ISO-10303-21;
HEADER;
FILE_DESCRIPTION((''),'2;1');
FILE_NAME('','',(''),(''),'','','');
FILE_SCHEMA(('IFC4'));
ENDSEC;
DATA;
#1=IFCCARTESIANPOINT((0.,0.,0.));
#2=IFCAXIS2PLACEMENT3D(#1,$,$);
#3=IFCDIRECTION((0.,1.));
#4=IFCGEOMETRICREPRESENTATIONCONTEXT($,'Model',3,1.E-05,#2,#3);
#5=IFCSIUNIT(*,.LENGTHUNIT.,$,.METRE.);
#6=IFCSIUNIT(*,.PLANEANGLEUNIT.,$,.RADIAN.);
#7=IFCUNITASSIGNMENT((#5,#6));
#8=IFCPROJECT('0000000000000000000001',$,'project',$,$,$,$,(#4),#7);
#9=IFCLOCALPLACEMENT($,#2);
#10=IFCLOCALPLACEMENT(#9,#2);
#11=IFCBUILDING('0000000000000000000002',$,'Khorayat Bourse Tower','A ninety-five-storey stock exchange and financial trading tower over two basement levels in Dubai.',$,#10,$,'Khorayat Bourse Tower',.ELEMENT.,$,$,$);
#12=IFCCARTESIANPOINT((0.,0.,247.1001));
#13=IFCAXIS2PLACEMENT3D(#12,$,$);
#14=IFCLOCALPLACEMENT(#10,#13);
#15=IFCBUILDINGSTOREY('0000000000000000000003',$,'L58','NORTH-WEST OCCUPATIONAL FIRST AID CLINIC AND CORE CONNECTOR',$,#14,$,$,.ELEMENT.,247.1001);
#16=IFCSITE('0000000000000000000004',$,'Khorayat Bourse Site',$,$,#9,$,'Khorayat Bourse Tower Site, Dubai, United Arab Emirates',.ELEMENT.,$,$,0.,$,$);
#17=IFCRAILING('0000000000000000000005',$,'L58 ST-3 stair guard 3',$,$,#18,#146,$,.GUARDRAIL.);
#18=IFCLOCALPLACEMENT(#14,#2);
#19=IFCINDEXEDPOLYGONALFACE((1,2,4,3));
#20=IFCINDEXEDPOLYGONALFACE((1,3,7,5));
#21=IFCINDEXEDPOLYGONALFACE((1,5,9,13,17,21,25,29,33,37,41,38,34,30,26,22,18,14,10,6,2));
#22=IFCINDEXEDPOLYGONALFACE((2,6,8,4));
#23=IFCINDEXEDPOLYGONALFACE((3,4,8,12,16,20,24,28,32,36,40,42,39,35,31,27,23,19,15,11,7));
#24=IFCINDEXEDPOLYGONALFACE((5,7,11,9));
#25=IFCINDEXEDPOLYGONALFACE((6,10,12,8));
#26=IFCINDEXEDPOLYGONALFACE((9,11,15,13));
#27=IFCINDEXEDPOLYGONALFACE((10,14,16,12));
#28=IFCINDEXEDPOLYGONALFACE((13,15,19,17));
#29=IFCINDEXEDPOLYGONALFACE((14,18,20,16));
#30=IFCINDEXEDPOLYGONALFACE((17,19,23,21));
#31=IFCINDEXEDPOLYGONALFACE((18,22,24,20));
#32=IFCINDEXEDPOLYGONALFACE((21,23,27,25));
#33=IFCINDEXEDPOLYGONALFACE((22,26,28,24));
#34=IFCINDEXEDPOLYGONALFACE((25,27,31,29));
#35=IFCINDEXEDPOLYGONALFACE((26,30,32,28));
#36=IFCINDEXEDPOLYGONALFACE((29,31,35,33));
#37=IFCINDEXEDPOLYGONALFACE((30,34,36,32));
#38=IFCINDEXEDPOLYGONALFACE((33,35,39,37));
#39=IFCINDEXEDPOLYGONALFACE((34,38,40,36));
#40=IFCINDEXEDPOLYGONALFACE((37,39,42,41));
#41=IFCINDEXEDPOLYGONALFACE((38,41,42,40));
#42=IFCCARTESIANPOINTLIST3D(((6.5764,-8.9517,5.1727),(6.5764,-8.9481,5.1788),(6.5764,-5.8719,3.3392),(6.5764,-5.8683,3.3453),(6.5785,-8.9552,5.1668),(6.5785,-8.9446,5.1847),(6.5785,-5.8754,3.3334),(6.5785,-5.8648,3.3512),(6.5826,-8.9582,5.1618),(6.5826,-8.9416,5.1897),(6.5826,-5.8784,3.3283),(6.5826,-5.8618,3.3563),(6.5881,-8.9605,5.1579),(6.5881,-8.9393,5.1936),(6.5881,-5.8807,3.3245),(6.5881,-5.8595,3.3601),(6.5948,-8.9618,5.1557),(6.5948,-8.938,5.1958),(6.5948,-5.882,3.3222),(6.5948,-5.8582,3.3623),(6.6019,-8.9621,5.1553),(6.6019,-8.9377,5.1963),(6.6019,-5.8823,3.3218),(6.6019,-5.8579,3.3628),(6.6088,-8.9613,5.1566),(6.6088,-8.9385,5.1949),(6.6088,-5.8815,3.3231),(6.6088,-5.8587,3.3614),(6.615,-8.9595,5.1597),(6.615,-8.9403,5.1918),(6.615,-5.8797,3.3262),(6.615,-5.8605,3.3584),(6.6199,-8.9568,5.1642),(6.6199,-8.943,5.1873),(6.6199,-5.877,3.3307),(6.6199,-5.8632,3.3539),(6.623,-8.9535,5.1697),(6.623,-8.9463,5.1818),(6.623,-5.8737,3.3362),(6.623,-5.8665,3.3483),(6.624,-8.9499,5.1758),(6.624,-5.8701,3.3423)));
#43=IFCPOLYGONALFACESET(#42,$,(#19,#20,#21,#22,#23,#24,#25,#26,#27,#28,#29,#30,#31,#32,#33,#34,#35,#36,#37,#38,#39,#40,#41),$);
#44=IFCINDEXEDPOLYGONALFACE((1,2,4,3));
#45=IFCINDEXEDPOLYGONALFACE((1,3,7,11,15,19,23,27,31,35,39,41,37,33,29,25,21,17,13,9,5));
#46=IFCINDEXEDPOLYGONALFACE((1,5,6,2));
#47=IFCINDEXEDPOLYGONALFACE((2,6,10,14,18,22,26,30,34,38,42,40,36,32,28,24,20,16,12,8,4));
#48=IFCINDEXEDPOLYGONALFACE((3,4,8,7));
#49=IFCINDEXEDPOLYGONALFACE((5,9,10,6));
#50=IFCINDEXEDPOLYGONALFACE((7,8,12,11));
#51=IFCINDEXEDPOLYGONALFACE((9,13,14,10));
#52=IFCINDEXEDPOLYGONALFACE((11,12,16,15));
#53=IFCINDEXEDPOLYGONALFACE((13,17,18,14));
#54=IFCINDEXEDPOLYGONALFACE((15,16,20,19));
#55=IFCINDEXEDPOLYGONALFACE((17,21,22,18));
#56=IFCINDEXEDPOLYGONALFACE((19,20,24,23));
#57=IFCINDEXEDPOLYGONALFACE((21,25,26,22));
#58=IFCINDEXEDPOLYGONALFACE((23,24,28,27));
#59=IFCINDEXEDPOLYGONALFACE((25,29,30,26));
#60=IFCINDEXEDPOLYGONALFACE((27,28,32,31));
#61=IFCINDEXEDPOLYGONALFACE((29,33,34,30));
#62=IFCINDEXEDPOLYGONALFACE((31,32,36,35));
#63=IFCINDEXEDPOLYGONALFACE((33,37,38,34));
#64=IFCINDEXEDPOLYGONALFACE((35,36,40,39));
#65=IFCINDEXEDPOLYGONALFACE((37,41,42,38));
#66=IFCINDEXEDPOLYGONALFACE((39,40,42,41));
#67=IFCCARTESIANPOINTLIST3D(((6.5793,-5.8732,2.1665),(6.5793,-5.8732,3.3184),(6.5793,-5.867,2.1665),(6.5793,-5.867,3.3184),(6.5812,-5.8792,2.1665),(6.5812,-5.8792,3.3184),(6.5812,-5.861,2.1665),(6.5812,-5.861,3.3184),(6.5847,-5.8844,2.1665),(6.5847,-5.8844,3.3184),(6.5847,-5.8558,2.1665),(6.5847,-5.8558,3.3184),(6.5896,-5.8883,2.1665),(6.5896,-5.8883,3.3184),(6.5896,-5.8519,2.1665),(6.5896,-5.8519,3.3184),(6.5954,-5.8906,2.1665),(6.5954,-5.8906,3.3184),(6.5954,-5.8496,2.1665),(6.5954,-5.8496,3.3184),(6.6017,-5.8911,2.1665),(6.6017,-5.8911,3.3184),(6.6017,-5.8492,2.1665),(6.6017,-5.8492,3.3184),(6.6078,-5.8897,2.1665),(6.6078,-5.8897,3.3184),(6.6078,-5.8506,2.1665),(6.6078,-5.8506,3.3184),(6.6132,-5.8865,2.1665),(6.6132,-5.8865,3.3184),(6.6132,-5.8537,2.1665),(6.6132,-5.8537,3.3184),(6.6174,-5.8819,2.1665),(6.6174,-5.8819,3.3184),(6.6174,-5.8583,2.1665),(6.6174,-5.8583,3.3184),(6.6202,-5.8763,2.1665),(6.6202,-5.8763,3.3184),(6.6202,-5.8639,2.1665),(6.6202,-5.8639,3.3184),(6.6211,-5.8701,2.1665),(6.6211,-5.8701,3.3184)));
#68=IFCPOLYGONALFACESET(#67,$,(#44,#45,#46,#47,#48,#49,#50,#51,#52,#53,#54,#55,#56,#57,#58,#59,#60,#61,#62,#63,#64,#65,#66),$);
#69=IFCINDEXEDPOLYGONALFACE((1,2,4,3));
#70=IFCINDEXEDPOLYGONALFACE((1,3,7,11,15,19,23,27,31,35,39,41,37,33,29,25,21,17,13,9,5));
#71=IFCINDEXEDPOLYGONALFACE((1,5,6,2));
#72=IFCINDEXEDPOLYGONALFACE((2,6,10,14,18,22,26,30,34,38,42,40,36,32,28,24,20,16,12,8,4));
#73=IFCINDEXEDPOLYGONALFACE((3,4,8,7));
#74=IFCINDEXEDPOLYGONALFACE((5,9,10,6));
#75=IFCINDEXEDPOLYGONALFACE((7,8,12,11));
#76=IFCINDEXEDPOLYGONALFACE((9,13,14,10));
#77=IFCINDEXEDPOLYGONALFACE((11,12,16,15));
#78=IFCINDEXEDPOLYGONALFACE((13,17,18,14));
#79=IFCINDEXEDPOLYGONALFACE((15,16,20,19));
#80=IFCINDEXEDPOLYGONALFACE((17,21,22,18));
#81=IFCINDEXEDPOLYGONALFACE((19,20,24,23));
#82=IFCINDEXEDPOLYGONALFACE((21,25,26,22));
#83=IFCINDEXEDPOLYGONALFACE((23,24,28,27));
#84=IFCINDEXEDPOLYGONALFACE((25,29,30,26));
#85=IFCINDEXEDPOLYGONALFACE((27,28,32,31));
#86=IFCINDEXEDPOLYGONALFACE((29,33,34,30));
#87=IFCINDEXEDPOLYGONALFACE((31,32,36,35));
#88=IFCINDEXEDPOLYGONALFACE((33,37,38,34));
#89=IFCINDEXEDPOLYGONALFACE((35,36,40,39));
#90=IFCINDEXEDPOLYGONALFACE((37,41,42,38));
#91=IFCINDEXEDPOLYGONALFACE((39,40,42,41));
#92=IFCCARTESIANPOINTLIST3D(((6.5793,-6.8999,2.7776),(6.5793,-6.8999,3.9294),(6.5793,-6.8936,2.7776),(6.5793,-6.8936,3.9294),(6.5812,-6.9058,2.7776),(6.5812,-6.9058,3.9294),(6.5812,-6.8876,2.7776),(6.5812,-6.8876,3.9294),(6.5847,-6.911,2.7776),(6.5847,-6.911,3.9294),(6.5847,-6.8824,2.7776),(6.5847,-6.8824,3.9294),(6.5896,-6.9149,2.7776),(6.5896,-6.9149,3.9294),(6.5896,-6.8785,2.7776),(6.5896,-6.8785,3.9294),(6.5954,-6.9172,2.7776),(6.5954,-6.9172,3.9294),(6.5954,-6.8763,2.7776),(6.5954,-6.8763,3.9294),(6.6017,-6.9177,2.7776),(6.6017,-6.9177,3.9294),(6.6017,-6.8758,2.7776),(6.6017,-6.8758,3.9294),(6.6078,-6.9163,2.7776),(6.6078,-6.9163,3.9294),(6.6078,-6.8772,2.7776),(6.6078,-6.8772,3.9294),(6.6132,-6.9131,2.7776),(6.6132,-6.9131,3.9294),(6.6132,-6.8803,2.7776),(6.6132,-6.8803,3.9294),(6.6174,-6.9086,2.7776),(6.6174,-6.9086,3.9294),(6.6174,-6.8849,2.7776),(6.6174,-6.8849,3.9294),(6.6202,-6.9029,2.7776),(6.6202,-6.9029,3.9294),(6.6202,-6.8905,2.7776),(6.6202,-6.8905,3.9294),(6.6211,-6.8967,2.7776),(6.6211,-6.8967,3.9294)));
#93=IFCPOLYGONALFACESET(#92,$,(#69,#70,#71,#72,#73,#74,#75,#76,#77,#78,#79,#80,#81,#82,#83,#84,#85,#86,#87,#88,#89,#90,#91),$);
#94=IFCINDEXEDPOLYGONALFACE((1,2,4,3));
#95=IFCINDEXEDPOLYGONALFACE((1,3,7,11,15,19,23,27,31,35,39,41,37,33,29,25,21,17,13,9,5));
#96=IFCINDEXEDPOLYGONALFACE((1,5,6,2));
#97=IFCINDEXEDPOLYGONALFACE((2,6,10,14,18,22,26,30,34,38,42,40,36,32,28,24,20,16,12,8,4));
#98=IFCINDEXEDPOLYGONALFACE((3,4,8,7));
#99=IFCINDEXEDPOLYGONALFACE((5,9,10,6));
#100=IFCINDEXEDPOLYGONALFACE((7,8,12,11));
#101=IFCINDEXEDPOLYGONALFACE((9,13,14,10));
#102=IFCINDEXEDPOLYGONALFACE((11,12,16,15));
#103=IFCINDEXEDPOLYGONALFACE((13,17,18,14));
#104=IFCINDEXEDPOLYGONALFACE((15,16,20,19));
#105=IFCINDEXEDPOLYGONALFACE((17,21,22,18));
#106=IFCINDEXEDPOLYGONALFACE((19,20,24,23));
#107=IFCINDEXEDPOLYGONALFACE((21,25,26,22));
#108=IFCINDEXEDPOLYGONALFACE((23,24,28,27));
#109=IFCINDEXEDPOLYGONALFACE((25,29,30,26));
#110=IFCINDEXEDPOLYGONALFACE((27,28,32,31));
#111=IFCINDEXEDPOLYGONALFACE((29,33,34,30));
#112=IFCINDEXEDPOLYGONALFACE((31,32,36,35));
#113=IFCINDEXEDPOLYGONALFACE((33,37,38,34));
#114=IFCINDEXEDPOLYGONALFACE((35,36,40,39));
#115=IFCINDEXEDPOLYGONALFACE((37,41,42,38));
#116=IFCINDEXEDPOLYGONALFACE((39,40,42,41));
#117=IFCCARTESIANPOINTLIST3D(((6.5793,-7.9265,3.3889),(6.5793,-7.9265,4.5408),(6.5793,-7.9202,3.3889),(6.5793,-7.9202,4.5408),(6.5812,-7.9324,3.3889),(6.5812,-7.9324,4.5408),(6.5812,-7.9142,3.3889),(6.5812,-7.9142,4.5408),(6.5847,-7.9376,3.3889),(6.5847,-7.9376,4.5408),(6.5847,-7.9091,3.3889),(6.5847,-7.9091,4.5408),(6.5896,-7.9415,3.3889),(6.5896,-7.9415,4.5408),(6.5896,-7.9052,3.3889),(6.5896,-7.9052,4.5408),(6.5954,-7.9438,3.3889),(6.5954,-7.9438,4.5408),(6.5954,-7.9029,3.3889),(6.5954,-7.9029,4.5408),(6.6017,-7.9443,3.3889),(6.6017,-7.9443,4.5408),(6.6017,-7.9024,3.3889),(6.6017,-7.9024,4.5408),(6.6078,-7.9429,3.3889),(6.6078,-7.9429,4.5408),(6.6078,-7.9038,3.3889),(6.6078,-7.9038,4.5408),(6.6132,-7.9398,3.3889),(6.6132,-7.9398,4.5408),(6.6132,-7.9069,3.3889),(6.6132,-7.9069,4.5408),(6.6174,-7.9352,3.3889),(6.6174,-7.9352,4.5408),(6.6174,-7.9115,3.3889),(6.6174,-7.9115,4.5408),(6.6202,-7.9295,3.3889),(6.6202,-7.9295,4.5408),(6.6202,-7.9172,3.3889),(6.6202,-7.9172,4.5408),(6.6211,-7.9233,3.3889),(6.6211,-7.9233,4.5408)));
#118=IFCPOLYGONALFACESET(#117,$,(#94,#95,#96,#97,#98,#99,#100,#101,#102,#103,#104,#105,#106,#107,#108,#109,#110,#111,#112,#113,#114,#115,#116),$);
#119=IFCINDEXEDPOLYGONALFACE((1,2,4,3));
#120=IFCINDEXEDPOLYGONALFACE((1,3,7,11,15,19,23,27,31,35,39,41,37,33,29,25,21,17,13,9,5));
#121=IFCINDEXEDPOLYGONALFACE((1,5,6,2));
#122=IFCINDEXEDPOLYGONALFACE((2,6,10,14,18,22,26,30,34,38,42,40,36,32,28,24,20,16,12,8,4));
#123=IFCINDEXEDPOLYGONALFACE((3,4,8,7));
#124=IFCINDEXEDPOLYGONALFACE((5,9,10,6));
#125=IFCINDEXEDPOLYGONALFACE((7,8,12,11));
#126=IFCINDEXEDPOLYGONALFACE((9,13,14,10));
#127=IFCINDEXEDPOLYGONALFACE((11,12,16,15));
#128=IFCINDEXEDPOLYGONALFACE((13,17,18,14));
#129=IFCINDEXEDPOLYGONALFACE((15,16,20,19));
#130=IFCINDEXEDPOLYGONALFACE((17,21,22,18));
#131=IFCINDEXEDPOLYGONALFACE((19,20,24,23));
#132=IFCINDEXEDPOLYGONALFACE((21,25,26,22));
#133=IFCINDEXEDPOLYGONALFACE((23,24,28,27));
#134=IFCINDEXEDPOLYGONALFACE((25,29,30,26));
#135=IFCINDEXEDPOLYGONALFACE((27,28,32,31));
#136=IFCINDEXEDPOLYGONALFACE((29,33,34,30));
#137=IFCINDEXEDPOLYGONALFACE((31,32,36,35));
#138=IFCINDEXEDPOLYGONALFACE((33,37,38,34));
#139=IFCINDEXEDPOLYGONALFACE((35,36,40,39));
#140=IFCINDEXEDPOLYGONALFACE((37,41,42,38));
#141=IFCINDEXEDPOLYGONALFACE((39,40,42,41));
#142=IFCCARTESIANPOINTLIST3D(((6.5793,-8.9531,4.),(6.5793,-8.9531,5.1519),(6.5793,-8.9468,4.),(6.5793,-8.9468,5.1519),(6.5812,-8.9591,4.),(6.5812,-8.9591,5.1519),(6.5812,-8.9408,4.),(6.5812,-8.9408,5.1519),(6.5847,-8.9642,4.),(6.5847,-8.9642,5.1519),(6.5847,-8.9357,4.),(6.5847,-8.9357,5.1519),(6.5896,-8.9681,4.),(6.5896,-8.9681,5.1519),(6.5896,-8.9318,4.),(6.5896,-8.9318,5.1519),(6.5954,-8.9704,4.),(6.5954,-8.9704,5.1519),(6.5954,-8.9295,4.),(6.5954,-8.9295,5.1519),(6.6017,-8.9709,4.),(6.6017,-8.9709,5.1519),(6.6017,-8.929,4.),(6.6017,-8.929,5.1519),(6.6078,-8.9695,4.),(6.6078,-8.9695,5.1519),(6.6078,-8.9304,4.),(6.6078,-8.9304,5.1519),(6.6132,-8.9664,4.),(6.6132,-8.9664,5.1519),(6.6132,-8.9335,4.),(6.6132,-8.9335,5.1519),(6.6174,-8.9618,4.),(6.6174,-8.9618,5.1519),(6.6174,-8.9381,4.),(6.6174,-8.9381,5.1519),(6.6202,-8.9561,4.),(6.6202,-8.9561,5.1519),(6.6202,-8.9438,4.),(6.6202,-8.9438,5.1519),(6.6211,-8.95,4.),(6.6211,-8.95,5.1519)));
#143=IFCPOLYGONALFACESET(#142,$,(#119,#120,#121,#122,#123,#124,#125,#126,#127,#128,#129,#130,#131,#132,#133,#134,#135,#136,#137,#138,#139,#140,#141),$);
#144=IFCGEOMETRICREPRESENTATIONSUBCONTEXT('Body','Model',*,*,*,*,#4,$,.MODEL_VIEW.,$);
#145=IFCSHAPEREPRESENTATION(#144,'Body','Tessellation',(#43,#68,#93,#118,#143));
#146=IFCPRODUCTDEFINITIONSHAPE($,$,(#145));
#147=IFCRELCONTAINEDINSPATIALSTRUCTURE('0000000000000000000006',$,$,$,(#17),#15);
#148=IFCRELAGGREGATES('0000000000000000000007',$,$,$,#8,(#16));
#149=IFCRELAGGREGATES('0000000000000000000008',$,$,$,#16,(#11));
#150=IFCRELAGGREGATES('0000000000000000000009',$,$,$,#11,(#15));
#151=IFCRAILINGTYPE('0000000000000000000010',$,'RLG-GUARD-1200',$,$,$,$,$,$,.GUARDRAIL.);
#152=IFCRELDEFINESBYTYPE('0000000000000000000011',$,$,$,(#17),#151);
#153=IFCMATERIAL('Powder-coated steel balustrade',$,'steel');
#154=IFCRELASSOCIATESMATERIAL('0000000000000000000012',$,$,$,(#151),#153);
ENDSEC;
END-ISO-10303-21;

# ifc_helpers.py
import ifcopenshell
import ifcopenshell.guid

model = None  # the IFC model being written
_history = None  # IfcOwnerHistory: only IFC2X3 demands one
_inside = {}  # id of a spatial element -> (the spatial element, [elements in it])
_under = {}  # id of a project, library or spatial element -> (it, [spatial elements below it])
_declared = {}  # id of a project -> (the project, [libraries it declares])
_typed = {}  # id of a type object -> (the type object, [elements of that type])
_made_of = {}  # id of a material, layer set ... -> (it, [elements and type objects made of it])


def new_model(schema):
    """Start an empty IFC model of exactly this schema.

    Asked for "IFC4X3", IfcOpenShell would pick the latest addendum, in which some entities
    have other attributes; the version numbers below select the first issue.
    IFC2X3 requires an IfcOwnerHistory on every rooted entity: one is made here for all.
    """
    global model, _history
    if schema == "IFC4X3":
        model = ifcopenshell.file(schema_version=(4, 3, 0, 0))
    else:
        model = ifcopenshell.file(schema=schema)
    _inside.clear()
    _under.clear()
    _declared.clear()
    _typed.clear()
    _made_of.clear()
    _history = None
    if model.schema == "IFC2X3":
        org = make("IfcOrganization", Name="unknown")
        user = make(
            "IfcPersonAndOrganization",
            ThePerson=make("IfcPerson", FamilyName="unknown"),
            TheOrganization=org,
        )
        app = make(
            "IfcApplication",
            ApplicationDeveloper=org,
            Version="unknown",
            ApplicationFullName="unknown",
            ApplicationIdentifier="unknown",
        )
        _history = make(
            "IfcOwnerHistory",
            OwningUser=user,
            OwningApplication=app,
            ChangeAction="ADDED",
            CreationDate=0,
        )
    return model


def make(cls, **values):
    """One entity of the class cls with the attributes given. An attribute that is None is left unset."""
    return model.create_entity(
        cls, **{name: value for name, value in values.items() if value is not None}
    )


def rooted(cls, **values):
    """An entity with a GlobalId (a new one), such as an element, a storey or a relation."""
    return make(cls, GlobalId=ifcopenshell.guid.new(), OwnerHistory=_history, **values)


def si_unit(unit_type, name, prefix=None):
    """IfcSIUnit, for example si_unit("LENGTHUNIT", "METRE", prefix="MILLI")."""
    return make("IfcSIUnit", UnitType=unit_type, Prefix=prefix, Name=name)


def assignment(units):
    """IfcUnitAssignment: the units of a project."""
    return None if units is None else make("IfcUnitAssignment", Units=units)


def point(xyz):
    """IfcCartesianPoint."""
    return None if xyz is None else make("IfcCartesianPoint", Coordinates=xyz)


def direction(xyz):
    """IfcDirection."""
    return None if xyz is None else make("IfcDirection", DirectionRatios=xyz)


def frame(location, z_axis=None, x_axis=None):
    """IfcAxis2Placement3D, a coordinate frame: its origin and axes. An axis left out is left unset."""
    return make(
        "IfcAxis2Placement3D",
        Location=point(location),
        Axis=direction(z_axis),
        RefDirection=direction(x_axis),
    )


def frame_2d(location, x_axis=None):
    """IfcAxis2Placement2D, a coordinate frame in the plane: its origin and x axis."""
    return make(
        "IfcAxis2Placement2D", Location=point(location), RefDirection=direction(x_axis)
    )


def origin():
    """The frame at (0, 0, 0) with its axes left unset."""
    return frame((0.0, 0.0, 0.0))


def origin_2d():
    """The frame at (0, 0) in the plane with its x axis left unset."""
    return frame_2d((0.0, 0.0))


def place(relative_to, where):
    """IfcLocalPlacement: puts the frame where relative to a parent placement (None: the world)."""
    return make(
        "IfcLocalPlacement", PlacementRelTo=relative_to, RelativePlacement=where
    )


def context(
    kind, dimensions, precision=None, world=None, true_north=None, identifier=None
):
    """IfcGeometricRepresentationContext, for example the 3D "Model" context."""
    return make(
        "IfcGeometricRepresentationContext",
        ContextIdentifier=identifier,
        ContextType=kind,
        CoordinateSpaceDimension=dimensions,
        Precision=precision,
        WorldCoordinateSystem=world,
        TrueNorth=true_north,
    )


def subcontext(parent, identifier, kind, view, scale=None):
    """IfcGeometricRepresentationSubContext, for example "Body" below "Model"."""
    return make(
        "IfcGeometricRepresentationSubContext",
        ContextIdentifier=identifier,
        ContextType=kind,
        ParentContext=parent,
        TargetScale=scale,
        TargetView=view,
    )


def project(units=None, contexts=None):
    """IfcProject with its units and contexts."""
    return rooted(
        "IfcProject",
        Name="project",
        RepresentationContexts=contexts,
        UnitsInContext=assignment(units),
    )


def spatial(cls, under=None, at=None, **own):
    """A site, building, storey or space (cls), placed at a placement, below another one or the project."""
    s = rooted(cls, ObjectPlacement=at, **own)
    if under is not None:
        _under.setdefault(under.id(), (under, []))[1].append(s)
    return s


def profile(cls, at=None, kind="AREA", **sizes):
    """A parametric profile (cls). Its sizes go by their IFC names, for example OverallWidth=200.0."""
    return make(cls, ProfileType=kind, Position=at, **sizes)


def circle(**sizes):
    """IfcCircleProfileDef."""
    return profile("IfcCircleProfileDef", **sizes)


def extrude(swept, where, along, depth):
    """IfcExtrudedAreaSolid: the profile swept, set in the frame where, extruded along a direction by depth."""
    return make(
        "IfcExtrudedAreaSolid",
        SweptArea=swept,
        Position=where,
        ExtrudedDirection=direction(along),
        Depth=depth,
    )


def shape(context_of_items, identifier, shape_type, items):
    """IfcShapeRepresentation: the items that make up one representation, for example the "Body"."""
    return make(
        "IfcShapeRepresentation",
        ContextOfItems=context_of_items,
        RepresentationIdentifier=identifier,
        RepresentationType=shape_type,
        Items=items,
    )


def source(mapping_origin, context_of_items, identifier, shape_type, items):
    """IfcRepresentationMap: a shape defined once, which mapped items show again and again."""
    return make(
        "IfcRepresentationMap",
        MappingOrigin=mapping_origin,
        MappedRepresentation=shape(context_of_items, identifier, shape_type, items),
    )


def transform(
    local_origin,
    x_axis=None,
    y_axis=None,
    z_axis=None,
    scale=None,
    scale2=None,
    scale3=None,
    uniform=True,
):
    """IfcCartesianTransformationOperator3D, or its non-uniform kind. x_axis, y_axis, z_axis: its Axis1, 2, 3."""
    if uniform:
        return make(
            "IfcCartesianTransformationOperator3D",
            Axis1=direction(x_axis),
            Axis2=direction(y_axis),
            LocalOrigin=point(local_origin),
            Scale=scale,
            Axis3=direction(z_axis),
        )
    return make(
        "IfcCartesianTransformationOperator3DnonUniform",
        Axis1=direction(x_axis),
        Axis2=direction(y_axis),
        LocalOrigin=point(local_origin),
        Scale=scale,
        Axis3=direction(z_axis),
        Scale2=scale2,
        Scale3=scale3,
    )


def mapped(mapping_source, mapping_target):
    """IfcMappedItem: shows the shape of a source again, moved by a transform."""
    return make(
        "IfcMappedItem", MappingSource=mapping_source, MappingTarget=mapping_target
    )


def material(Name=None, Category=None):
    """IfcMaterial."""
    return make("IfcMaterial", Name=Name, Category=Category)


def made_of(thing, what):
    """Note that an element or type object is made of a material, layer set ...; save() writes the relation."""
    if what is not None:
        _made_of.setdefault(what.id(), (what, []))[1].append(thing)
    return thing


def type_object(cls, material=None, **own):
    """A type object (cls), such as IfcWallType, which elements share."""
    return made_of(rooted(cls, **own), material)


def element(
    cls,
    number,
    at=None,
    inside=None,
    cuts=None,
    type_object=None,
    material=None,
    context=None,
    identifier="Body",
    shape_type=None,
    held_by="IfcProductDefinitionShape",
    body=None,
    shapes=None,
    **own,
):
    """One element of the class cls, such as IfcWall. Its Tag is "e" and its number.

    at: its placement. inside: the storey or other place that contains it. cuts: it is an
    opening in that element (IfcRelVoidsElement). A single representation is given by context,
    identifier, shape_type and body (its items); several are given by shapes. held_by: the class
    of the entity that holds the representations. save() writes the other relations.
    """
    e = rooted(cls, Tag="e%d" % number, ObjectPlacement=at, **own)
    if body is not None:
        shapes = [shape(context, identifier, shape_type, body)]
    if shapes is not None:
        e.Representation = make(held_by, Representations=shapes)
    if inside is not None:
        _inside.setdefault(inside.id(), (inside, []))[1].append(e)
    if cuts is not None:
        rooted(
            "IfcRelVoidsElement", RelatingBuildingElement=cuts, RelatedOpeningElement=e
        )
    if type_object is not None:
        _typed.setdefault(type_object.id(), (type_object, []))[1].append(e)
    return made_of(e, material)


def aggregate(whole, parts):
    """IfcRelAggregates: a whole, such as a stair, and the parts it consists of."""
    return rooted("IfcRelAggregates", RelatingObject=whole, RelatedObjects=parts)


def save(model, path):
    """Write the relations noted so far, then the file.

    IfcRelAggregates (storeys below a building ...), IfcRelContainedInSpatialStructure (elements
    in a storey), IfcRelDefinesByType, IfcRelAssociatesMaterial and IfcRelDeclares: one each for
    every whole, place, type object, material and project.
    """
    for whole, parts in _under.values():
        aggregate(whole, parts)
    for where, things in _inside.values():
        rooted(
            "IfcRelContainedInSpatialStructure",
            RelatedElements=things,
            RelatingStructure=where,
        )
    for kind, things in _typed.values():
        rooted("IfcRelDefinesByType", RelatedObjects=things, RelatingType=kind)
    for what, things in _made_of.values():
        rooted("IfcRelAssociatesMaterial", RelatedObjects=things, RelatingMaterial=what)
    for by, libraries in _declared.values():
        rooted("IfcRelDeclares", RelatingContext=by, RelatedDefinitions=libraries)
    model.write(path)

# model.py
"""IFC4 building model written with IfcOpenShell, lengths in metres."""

from ifc_helpers import new_model, si_unit, direction, frame, origin, origin_2d, place, context, subcontext, project, spatial, circle, extrude, source, transform, mapped, material, type_object, element, save


model = new_model("IFC4")

# Units and contexts
model_context = context("Model", 3, precision=1e-05, world=origin(), true_north=direction((0.0, 1.0)))
body_context = subcontext(model_context, "Body", "Model", "MODEL_VIEW")
ifc_project = project(units=[si_unit("LENGTHUNIT", "METRE"), si_unit("PLANEANGLEUNIT", "RADIAN")], contexts=[model_context])

# Site, building, storey
site_placement = place(None, origin())
site = spatial("IfcSite", under=ifc_project, at=site_placement, Name="Khorayat Bourse Site", LongName="Khorayat Bourse Tower Site, Dubai, United Arab Emirates", CompositionType="ELEMENT", RefElevation=0.0)
building_placement = place(site_placement, origin())
building = spatial("IfcBuilding", under=site, at=building_placement, Name="Khorayat Bourse Tower", Description="A ninety-five-storey stock exchange and financial trading tower over two basement levels in Dubai.", LongName="Khorayat Bourse Tower", CompositionType="ELEMENT")
storey_placement = place(building_placement, frame((0.0, 0.0, 247.1001)))
storey = spatial("IfcBuildingStorey", under=building, at=storey_placement, Name="L58", Description="NORTH-WEST OCCUPATIONAL FIRST AID CLINIC AND CORE CONNECTOR", CompositionType="ELEMENT", Elevation=247.1001)

# Railing
ifc_material_1 = material(Name="Powder-coated steel balustrade", Category="steel")
railing_type_1 = type_object("IfcRailingType", Name="RLG-GUARD-1200", PredefinedType="GUARDRAIL", material=ifc_material_1)
shared_shape_1 = source(origin(), body_context, "Body", "SweptSolid", [
    extrude(circle(Radius=0.0239, at=origin_2d()), frame((0.0, 0.0, 1.1758), z_axis=(0.0, -0.859261, 0.511538), x_axis=(1.0, 0.0, 0.0)), (0.0, 0.0, 1.0), 3.5842),
    extrude(circle(Radius=0.021, at=origin_2d()), origin(), (0.0, 0.0, 1.0), 1.1519),
    extrude(circle(Radius=0.021, at=origin_2d()), frame((0.0, -1.0266, 0.6111)), (0.0, 0.0, 1.0), 1.1519),
    extrude(circle(Radius=0.021, at=origin_2d()), frame((0.0, -2.0532, 1.2224)), (0.0, 0.0, 1.0), 1.1519),
    extrude(circle(Radius=0.021, at=origin_2d()), frame((0.0, -3.0798, 1.8335)), (0.0, 0.0, 1.0), 1.1519),
])
railing_1_placement = place(storey_placement, frame((6.6001, -5.8701, 2.1665)))
element("IfcRailing", 1, at=railing_1_placement, inside=storey, type_object=railing_type_1, Name="L58 ST-3 stair guard 3", PredefinedType="GUARDRAIL", context=body_context, shape_type="MappedRepresentation", body=[
    mapped(shared_shape_1, transform((0.0, 0.0, 0.0), scale=1.0)),
])

save(model, "model.ifc")
